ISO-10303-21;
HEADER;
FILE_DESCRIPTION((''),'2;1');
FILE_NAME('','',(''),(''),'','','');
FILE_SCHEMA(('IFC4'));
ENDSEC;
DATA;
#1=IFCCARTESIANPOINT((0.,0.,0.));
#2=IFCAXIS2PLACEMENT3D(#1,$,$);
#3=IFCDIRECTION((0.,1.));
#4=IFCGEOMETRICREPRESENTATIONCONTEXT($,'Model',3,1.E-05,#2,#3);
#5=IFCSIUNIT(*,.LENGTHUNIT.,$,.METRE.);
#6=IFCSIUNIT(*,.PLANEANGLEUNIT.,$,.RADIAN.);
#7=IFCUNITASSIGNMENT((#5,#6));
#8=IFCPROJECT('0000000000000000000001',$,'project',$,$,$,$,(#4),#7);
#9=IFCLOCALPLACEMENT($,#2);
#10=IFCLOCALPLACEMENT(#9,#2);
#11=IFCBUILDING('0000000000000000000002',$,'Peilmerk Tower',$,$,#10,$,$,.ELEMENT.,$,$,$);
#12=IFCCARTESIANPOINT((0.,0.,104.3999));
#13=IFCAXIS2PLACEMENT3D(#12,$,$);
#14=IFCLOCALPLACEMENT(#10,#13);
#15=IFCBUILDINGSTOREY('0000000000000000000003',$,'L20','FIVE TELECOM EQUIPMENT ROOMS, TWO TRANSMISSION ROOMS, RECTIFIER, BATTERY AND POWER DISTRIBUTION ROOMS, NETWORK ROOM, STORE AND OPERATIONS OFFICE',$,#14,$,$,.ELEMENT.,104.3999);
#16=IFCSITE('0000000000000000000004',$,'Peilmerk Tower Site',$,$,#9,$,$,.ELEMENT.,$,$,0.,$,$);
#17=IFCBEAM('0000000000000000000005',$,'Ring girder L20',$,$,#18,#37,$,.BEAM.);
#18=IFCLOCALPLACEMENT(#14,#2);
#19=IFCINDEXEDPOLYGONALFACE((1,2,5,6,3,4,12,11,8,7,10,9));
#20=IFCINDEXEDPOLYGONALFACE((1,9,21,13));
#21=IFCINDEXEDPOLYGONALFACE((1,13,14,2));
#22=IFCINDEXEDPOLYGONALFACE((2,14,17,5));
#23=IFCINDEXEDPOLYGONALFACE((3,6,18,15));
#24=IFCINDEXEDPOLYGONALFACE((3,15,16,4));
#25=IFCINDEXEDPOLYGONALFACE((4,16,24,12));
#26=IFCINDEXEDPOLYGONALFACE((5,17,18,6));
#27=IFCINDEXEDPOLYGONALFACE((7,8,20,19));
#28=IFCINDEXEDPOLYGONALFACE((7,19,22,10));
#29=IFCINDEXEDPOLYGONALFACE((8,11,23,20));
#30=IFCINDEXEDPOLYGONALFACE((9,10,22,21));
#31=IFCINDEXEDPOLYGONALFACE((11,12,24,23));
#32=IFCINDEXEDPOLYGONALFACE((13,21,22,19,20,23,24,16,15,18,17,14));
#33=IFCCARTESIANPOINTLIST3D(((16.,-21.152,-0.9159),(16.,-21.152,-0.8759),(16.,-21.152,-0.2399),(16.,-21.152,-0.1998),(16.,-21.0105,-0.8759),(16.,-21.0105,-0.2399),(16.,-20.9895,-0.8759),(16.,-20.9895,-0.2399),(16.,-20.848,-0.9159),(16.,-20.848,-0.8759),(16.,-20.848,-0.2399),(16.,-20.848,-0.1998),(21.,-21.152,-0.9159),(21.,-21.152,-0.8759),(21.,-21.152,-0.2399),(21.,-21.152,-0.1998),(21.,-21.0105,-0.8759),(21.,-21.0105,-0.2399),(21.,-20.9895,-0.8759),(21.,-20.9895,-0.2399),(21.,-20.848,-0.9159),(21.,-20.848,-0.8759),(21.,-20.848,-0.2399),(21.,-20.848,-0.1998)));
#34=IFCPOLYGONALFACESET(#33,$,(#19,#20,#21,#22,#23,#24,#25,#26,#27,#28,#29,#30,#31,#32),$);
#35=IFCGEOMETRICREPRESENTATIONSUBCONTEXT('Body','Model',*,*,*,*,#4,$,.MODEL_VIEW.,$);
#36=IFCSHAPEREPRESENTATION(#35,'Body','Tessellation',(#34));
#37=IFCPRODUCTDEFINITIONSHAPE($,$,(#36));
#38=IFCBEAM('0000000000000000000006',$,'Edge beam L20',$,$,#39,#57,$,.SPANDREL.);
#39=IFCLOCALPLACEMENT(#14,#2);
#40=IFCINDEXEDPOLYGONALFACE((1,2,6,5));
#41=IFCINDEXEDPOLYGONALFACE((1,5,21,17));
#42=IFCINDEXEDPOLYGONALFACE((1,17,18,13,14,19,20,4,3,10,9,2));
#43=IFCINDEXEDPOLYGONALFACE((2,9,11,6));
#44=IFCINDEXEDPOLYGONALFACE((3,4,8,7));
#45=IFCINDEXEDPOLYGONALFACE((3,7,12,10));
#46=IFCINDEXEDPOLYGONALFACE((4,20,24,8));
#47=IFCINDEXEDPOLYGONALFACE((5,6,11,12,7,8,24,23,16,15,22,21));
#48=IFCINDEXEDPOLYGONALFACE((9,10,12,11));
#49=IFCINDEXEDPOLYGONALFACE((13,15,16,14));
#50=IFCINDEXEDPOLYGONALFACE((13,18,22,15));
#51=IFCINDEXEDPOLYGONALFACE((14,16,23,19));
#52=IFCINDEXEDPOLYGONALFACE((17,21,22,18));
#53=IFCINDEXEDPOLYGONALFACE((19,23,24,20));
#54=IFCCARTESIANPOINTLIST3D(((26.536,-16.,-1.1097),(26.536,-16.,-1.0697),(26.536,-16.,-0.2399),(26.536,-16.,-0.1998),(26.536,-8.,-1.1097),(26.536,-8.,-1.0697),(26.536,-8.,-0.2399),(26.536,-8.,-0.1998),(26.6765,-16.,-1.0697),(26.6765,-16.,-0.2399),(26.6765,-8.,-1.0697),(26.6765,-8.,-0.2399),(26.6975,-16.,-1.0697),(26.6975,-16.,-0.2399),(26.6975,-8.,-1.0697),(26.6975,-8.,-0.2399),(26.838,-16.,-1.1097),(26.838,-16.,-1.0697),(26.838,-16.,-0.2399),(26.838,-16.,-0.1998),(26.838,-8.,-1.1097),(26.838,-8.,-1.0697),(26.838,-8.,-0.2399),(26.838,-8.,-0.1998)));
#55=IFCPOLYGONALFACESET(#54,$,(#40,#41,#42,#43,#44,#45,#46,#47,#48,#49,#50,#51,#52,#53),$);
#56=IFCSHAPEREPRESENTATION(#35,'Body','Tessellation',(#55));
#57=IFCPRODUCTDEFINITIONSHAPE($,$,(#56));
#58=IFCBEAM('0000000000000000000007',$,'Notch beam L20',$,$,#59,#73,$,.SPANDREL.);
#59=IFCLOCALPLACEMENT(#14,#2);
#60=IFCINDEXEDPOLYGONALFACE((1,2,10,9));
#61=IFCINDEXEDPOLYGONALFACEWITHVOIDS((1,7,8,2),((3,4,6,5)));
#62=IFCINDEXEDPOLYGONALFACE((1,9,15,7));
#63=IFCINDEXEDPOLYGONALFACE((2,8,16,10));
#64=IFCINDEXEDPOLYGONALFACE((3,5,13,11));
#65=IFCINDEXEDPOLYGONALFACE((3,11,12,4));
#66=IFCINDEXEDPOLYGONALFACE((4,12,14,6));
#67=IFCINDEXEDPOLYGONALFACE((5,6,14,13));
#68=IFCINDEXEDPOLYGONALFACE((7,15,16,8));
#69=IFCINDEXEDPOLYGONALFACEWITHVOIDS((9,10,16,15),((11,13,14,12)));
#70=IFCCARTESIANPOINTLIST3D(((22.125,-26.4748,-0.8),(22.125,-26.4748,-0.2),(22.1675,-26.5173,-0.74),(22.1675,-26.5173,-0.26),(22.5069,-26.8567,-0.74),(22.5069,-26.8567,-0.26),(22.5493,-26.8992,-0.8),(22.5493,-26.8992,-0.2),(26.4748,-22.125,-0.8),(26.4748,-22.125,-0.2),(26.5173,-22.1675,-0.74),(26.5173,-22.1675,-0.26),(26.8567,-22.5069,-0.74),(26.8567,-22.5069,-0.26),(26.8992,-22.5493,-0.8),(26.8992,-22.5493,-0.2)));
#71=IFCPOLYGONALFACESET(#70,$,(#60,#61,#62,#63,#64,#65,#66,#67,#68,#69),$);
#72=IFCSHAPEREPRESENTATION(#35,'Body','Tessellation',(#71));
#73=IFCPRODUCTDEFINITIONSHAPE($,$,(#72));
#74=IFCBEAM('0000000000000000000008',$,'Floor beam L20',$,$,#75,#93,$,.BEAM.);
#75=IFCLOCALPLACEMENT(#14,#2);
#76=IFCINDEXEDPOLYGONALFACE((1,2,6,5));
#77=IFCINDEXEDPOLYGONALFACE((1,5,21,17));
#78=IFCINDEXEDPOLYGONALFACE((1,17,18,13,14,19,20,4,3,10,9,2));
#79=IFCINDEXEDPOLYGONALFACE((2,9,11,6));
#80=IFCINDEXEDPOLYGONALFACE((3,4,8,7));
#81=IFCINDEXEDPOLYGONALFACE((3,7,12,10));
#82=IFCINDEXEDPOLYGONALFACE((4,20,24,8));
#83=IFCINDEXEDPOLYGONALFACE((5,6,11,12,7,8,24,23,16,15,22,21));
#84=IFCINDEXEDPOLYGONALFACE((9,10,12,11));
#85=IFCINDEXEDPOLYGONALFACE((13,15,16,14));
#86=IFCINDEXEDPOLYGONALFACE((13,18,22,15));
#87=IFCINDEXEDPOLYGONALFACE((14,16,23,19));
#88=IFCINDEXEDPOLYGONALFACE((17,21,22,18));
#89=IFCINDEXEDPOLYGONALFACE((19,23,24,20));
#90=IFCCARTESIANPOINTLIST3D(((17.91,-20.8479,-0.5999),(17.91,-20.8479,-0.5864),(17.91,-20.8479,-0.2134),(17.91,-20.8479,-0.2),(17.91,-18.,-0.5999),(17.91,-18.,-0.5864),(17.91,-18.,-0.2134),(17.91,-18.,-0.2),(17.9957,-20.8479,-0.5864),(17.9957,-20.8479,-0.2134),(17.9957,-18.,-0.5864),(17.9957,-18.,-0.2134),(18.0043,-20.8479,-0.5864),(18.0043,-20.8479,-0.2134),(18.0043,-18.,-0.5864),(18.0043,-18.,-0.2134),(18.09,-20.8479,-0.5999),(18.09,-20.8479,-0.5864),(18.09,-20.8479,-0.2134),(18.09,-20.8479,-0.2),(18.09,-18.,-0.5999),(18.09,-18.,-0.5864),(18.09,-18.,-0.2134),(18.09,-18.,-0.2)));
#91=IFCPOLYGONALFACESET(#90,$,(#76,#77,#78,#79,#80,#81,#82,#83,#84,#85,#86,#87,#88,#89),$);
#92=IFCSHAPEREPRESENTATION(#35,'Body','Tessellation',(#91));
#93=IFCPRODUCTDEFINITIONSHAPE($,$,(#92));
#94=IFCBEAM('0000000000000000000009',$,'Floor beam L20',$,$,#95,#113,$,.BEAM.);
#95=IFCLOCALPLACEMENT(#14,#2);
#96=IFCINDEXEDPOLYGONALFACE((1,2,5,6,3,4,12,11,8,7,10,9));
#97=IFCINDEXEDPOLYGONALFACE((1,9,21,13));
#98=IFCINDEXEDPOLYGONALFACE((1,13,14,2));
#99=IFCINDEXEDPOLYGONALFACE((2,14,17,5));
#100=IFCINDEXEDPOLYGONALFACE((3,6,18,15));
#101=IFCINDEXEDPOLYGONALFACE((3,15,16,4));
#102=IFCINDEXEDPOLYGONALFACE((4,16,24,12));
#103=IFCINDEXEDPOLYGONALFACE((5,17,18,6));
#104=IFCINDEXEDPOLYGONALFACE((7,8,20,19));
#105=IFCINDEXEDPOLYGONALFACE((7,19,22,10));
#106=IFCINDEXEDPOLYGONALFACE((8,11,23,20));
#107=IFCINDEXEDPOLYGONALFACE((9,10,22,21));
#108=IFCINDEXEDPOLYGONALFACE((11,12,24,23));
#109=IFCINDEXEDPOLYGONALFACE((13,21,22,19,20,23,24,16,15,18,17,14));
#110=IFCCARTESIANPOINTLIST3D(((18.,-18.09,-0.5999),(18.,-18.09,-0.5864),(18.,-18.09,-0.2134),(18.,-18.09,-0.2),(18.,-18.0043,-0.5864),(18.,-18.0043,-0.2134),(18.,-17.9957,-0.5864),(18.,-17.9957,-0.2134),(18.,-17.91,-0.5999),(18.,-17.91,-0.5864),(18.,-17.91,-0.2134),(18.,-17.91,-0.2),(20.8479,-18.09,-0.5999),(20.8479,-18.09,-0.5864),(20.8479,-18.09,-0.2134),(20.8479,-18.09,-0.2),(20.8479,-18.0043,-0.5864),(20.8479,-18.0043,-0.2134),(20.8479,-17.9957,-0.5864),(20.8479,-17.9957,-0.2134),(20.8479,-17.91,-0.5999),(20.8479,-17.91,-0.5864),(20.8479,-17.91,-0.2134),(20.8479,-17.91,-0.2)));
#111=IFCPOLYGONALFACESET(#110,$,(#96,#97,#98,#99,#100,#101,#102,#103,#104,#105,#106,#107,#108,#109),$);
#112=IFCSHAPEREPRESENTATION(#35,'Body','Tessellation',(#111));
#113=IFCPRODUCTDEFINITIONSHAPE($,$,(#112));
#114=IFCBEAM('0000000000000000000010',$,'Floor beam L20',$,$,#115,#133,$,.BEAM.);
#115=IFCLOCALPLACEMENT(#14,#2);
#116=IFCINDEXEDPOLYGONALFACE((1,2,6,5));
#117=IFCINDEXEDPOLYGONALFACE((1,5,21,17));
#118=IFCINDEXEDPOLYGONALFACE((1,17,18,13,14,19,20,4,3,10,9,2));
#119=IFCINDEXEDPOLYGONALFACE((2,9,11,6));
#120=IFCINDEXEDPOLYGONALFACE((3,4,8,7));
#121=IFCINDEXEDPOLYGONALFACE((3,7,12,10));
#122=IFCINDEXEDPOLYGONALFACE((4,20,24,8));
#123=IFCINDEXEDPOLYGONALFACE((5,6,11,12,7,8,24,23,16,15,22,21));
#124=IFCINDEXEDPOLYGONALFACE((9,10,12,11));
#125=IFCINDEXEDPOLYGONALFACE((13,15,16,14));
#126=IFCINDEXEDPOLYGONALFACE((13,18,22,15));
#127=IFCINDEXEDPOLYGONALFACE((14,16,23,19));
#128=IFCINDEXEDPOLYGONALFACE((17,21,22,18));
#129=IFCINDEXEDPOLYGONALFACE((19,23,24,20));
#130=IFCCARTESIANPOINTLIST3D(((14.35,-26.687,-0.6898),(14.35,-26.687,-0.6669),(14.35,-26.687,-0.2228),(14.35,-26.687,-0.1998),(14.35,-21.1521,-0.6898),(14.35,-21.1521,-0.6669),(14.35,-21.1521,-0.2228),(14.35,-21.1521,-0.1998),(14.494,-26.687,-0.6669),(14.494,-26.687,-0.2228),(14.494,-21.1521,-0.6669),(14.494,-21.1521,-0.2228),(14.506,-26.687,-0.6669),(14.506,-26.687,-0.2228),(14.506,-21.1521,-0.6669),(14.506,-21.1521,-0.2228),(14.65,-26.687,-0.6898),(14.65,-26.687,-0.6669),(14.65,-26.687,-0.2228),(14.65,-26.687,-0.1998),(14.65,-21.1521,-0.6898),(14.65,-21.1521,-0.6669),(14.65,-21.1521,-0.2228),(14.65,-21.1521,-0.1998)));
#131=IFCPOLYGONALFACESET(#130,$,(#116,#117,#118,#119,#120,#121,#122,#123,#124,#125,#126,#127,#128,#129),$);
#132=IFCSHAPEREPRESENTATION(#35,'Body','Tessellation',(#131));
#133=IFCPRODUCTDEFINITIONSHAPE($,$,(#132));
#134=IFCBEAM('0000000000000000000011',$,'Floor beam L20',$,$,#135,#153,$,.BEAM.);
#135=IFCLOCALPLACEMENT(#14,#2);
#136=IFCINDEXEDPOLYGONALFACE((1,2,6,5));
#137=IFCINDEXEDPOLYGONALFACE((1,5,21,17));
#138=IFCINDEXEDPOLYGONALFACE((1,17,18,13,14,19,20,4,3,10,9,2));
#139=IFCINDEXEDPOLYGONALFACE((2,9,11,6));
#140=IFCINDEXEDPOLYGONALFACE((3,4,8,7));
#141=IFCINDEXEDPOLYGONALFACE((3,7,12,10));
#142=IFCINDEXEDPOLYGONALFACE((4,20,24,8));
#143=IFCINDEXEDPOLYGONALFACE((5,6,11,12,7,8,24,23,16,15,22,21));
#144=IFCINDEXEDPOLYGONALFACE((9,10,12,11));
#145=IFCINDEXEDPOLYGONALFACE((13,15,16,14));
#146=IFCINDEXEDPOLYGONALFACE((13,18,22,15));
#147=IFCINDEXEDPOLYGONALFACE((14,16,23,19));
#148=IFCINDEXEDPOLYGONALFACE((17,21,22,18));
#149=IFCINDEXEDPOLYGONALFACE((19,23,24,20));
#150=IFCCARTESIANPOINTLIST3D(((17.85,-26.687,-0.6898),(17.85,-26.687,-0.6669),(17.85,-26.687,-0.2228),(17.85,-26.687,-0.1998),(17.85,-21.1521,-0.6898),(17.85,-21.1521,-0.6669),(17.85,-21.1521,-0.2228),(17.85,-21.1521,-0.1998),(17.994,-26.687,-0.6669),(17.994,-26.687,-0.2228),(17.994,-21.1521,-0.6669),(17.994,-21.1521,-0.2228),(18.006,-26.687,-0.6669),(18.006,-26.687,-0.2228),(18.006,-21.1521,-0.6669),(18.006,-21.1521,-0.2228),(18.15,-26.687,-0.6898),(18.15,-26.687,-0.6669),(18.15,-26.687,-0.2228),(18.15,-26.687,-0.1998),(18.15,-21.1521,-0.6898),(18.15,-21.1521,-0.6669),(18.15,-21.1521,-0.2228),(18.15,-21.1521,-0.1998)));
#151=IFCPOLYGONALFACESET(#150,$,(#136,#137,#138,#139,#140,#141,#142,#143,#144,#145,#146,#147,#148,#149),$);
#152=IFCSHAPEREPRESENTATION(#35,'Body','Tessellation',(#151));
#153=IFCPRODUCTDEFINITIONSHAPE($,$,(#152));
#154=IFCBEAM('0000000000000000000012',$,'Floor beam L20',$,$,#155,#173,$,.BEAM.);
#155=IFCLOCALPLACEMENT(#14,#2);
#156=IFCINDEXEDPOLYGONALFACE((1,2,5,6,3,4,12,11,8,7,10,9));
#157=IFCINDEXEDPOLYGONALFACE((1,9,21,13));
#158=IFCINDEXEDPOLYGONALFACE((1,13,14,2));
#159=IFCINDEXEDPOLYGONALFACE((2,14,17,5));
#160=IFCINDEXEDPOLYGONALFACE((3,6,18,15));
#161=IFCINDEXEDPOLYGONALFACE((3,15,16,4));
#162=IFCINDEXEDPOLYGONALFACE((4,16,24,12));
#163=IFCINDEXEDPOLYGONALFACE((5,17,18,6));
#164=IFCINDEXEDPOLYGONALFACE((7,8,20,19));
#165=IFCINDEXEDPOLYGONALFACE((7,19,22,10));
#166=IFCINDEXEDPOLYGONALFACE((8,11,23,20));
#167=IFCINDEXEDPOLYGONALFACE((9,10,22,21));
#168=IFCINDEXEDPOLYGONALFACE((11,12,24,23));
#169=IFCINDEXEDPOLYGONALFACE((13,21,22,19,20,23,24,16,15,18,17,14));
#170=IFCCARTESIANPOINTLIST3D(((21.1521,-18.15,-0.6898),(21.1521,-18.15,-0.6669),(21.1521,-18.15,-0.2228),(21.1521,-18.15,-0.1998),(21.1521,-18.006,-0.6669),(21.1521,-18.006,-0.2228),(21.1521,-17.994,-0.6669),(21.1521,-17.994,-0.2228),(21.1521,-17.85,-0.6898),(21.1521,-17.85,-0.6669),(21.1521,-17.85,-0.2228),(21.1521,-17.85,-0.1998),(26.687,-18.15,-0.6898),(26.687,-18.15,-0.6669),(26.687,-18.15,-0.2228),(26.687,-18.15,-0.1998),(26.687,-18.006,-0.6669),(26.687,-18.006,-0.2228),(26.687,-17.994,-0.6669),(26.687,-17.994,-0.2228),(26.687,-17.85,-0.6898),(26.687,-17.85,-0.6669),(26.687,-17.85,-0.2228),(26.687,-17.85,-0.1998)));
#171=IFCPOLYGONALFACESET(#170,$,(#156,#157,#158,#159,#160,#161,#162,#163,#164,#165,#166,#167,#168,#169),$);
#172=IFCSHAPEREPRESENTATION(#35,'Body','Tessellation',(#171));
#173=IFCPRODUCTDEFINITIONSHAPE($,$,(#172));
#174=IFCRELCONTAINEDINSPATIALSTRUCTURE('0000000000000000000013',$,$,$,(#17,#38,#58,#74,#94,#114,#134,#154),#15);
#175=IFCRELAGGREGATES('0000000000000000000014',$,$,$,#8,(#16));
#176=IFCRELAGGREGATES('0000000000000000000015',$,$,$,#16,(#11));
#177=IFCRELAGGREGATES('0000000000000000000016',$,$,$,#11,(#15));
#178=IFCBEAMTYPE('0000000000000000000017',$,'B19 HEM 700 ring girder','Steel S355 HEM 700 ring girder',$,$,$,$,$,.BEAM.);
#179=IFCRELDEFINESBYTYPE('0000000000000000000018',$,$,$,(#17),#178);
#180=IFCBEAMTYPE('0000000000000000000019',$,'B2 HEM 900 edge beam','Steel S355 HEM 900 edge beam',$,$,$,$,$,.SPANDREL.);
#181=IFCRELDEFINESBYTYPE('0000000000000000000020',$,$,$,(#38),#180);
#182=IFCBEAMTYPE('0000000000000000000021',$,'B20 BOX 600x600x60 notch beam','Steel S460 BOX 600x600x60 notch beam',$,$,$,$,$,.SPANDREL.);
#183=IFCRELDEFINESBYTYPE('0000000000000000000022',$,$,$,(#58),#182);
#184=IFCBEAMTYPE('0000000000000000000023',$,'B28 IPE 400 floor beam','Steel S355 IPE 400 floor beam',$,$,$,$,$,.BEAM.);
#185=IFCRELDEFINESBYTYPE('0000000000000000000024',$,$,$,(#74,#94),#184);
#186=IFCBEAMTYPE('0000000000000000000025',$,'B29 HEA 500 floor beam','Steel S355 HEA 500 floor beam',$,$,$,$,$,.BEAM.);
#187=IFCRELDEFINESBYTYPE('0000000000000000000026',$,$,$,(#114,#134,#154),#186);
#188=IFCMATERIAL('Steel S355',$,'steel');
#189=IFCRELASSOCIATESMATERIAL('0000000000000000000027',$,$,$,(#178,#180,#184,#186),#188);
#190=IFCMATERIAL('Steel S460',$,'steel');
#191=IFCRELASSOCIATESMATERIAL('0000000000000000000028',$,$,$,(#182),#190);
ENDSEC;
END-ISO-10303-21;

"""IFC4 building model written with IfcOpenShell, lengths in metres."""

from ifc_helpers import new_model, si_unit, direction, frame, origin, origin_2d, place, context, subcontext, project, spatial, hollow_rectangle, i_section, extrude, material, material_profile, profile_set, type_object, element, save


model = new_model("IFC4")

# Units and contexts
model_context = context("Model", 3, precision=1e-05, world=origin(), true_north=direction((0.0, 1.0)))
body_context = subcontext(model_context, "Body", "Model", "MODEL_VIEW")
ifc_project = project(units=[si_unit("LENGTHUNIT", "METRE"), si_unit("PLANEANGLEUNIT", "RADIAN")], contexts=[model_context])

# Site, building, storey
site_placement = place(None, origin())
site = spatial("IfcSite", under=ifc_project, at=site_placement, Name="Peilmerk Tower Site", CompositionType="ELEMENT", RefElevation=0.0)
building_placement = place(site_placement, origin())
building = spatial("IfcBuilding", under=site, at=building_placement, Name="Peilmerk Tower", CompositionType="ELEMENT")
storey_placement = place(building_placement, frame((0.0, 0.0, 104.3999)))
storey = spatial("IfcBuildingStorey", under=building, at=storey_placement, Name="L20", Description="FIVE TELECOM EQUIPMENT ROOMS, TWO TRANSMISSION ROOMS, RECTIFIER, BATTERY AND POWER DISTRIBUTION ROOMS, NETWORK ROOM, STORE AND OPERATIONS OFFICE", CompositionType="ELEMENT", Elevation=104.3999)

# Shared definitions
ifc_material_1 = material(Name="Steel S460", Category="steel")

# Beams
ifc_material_2 = material(Name="Steel S355", Category="steel")
ifc_material_profile_1 = material_profile(ifc_material_2, i_section(OverallWidth=0.304, OverallDepth=0.7161, WebThickness=0.021, FlangeThickness=0.04, at=origin_2d()), Name="HEM 700")
ifc_profile_set_1 = profile_set([ifc_material_profile_1], Name="Steel S355")
beam_type_1 = type_object("IfcBeamType", Name="B19 HEM 700 ring girder", Description="Steel S355 HEM 700 ring girder", PredefinedType="BEAM", material=ifc_profile_set_1)
for number, where, z_axis, x_axis, name in (
    (1, (16.0, -21.0, -0.5579), (1.0, 0.0, 0.0), (0.0, 1.0, 0.0), "Ring girder L20"),
):
    element("IfcBeam", number, at=place(storey_placement, frame(where, z_axis=z_axis, x_axis=x_axis)), inside=storey, type_object=beam_type_1, Name=name, PredefinedType="BEAM", context=body_context, shape_type="SweptSolid", body=[
        extrude(i_section(OverallWidth=0.304, OverallDepth=0.7161, WebThickness=0.021, FlangeThickness=0.04, at=origin_2d()), origin(), (0.0, 0.0, 1.0), 5.0),
    ])
ifc_material_profile_2 = material_profile(ifc_material_2, i_section(OverallWidth=0.302, OverallDepth=0.9099, WebThickness=0.021, FlangeThickness=0.04, at=origin_2d()), Name="HEM 900")
ifc_profile_set_2 = profile_set([ifc_material_profile_2], Name="Steel S355")
beam_type_2 = type_object("IfcBeamType", Name="B2 HEM 900 edge beam", Description="Steel S355 HEM 900 edge beam", PredefinedType="SPANDREL", material=ifc_profile_set_2)
beam_1_placement = place(storey_placement, frame((26.687, -16.0, -0.6548), z_axis=(0.0, 1.0, 0.0), x_axis=(-1.0, 0.0, 0.0)))
element("IfcBeam", 2, at=beam_1_placement, inside=storey, type_object=beam_type_2, Name="Edge beam L20", PredefinedType="SPANDREL", context=body_context, shape_type="SweptSolid", body=[
    extrude(i_section(OverallWidth=0.302, OverallDepth=0.9099, WebThickness=0.021, FlangeThickness=0.04, at=origin_2d()), origin(), (0.0, 0.0, 1.0), 8.0),
])
ifc_material_profile_3 = material_profile(ifc_material_1, hollow_rectangle(XDim=0.6001, YDim=0.6001, WallThickness=0.0601, at=origin_2d()), Name="BOX 600x600x60")
ifc_profile_set_3 = profile_set([ifc_material_profile_3], Name="Steel S460")
beam_type_3 = type_object("IfcBeamType", Name="B20 BOX 600x600x60 notch beam", Description="Steel S460 BOX 600x600x60 notch beam", PredefinedType="SPANDREL", material=ifc_profile_set_3)
beam_2_placement = place(storey_placement, frame((26.687, -22.3372, -0.5), z_axis=(-0.707107, -0.707107, 0.0), x_axis=(0.707107, -0.707107, 0.0)))
element("IfcBeam", 3, at=beam_2_placement, inside=storey, type_object=beam_type_3, Name="Notch beam L20", PredefinedType="SPANDREL", context=body_context, shape_type="SweptSolid", body=[
    extrude(hollow_rectangle(XDim=0.6001, YDim=0.6001, WallThickness=0.0601, at=origin_2d()), origin(), (0.0, 0.0, 1.0), 6.1516),
])
ifc_material_profile_4 = material_profile(ifc_material_2, i_section(OverallWidth=0.1799, OverallDepth=0.3999, WebThickness=0.0085, FlangeThickness=0.0134, at=origin_2d()), Name="IPE 400")
ifc_profile_set_4 = profile_set([ifc_material_profile_4], Name="Steel S355")
beam_type_4 = type_object("IfcBeamType", Name="B28 IPE 400 floor beam", Description="Steel S355 IPE 400 floor beam", PredefinedType="BEAM", material=ifc_profile_set_4)
for number, where, z_axis, x_axis, name in (
    (4, (18.0, -18.0, -0.3999), (0.0, -1.0, 0.0), (1.0, 0.0, 0.0), "Floor beam L20"),
    (5, (18.0, -18.0, -0.3999), (1.0, 0.0, 0.0), (0.0, 1.0, 0.0), "Floor beam L20"),
):
    element("IfcBeam", number, at=place(storey_placement, frame(where, z_axis=z_axis, x_axis=x_axis)), inside=storey, type_object=beam_type_4, Name=name, PredefinedType="BEAM", context=body_context, shape_type="SweptSolid", body=[
        extrude(i_section(OverallWidth=0.1799, OverallDepth=0.3999, WebThickness=0.0085, FlangeThickness=0.0134, at=origin_2d()), origin(), (0.0, 0.0, 1.0), 2.8479),
    ])
ifc_material_profile_5 = material_profile(ifc_material_2, i_section(OverallWidth=0.3, OverallDepth=0.49, WebThickness=0.012, FlangeThickness=0.0229, at=origin_2d()), Name="HEA 500")
ifc_profile_set_5 = profile_set([ifc_material_profile_5], Name="Steel S355")
beam_type_5 = type_object("IfcBeamType", Name="B29 HEA 500 floor beam", Description="Steel S355 HEA 500 floor beam", PredefinedType="BEAM", material=ifc_profile_set_5)
for number, where, z_axis, x_axis, name in (
    (6, (14.5, -21.1521, -0.4448), (0.0, -1.0, 0.0), (1.0, 0.0, 0.0), "Floor beam L20"),
    (7, (18.0, -21.1521, -0.4448), (0.0, -1.0, 0.0), (1.0, 0.0, 0.0), "Floor beam L20"),
    (8, (21.1521, -18.0, -0.4448), (1.0, 0.0, 0.0), (0.0, 1.0, 0.0), "Floor beam L20"),
):
    element("IfcBeam", number, at=place(storey_placement, frame(where, z_axis=z_axis, x_axis=x_axis)), inside=storey, type_object=beam_type_5, Name=name, PredefinedType="BEAM", context=body_context, shape_type="SweptSolid", body=[
        extrude(i_section(OverallWidth=0.3, OverallDepth=0.49, WebThickness=0.012, FlangeThickness=0.0229, at=origin_2d()), origin(), (0.0, 0.0, 1.0), 5.5349),
    ])

save(model, "model.ifc")
